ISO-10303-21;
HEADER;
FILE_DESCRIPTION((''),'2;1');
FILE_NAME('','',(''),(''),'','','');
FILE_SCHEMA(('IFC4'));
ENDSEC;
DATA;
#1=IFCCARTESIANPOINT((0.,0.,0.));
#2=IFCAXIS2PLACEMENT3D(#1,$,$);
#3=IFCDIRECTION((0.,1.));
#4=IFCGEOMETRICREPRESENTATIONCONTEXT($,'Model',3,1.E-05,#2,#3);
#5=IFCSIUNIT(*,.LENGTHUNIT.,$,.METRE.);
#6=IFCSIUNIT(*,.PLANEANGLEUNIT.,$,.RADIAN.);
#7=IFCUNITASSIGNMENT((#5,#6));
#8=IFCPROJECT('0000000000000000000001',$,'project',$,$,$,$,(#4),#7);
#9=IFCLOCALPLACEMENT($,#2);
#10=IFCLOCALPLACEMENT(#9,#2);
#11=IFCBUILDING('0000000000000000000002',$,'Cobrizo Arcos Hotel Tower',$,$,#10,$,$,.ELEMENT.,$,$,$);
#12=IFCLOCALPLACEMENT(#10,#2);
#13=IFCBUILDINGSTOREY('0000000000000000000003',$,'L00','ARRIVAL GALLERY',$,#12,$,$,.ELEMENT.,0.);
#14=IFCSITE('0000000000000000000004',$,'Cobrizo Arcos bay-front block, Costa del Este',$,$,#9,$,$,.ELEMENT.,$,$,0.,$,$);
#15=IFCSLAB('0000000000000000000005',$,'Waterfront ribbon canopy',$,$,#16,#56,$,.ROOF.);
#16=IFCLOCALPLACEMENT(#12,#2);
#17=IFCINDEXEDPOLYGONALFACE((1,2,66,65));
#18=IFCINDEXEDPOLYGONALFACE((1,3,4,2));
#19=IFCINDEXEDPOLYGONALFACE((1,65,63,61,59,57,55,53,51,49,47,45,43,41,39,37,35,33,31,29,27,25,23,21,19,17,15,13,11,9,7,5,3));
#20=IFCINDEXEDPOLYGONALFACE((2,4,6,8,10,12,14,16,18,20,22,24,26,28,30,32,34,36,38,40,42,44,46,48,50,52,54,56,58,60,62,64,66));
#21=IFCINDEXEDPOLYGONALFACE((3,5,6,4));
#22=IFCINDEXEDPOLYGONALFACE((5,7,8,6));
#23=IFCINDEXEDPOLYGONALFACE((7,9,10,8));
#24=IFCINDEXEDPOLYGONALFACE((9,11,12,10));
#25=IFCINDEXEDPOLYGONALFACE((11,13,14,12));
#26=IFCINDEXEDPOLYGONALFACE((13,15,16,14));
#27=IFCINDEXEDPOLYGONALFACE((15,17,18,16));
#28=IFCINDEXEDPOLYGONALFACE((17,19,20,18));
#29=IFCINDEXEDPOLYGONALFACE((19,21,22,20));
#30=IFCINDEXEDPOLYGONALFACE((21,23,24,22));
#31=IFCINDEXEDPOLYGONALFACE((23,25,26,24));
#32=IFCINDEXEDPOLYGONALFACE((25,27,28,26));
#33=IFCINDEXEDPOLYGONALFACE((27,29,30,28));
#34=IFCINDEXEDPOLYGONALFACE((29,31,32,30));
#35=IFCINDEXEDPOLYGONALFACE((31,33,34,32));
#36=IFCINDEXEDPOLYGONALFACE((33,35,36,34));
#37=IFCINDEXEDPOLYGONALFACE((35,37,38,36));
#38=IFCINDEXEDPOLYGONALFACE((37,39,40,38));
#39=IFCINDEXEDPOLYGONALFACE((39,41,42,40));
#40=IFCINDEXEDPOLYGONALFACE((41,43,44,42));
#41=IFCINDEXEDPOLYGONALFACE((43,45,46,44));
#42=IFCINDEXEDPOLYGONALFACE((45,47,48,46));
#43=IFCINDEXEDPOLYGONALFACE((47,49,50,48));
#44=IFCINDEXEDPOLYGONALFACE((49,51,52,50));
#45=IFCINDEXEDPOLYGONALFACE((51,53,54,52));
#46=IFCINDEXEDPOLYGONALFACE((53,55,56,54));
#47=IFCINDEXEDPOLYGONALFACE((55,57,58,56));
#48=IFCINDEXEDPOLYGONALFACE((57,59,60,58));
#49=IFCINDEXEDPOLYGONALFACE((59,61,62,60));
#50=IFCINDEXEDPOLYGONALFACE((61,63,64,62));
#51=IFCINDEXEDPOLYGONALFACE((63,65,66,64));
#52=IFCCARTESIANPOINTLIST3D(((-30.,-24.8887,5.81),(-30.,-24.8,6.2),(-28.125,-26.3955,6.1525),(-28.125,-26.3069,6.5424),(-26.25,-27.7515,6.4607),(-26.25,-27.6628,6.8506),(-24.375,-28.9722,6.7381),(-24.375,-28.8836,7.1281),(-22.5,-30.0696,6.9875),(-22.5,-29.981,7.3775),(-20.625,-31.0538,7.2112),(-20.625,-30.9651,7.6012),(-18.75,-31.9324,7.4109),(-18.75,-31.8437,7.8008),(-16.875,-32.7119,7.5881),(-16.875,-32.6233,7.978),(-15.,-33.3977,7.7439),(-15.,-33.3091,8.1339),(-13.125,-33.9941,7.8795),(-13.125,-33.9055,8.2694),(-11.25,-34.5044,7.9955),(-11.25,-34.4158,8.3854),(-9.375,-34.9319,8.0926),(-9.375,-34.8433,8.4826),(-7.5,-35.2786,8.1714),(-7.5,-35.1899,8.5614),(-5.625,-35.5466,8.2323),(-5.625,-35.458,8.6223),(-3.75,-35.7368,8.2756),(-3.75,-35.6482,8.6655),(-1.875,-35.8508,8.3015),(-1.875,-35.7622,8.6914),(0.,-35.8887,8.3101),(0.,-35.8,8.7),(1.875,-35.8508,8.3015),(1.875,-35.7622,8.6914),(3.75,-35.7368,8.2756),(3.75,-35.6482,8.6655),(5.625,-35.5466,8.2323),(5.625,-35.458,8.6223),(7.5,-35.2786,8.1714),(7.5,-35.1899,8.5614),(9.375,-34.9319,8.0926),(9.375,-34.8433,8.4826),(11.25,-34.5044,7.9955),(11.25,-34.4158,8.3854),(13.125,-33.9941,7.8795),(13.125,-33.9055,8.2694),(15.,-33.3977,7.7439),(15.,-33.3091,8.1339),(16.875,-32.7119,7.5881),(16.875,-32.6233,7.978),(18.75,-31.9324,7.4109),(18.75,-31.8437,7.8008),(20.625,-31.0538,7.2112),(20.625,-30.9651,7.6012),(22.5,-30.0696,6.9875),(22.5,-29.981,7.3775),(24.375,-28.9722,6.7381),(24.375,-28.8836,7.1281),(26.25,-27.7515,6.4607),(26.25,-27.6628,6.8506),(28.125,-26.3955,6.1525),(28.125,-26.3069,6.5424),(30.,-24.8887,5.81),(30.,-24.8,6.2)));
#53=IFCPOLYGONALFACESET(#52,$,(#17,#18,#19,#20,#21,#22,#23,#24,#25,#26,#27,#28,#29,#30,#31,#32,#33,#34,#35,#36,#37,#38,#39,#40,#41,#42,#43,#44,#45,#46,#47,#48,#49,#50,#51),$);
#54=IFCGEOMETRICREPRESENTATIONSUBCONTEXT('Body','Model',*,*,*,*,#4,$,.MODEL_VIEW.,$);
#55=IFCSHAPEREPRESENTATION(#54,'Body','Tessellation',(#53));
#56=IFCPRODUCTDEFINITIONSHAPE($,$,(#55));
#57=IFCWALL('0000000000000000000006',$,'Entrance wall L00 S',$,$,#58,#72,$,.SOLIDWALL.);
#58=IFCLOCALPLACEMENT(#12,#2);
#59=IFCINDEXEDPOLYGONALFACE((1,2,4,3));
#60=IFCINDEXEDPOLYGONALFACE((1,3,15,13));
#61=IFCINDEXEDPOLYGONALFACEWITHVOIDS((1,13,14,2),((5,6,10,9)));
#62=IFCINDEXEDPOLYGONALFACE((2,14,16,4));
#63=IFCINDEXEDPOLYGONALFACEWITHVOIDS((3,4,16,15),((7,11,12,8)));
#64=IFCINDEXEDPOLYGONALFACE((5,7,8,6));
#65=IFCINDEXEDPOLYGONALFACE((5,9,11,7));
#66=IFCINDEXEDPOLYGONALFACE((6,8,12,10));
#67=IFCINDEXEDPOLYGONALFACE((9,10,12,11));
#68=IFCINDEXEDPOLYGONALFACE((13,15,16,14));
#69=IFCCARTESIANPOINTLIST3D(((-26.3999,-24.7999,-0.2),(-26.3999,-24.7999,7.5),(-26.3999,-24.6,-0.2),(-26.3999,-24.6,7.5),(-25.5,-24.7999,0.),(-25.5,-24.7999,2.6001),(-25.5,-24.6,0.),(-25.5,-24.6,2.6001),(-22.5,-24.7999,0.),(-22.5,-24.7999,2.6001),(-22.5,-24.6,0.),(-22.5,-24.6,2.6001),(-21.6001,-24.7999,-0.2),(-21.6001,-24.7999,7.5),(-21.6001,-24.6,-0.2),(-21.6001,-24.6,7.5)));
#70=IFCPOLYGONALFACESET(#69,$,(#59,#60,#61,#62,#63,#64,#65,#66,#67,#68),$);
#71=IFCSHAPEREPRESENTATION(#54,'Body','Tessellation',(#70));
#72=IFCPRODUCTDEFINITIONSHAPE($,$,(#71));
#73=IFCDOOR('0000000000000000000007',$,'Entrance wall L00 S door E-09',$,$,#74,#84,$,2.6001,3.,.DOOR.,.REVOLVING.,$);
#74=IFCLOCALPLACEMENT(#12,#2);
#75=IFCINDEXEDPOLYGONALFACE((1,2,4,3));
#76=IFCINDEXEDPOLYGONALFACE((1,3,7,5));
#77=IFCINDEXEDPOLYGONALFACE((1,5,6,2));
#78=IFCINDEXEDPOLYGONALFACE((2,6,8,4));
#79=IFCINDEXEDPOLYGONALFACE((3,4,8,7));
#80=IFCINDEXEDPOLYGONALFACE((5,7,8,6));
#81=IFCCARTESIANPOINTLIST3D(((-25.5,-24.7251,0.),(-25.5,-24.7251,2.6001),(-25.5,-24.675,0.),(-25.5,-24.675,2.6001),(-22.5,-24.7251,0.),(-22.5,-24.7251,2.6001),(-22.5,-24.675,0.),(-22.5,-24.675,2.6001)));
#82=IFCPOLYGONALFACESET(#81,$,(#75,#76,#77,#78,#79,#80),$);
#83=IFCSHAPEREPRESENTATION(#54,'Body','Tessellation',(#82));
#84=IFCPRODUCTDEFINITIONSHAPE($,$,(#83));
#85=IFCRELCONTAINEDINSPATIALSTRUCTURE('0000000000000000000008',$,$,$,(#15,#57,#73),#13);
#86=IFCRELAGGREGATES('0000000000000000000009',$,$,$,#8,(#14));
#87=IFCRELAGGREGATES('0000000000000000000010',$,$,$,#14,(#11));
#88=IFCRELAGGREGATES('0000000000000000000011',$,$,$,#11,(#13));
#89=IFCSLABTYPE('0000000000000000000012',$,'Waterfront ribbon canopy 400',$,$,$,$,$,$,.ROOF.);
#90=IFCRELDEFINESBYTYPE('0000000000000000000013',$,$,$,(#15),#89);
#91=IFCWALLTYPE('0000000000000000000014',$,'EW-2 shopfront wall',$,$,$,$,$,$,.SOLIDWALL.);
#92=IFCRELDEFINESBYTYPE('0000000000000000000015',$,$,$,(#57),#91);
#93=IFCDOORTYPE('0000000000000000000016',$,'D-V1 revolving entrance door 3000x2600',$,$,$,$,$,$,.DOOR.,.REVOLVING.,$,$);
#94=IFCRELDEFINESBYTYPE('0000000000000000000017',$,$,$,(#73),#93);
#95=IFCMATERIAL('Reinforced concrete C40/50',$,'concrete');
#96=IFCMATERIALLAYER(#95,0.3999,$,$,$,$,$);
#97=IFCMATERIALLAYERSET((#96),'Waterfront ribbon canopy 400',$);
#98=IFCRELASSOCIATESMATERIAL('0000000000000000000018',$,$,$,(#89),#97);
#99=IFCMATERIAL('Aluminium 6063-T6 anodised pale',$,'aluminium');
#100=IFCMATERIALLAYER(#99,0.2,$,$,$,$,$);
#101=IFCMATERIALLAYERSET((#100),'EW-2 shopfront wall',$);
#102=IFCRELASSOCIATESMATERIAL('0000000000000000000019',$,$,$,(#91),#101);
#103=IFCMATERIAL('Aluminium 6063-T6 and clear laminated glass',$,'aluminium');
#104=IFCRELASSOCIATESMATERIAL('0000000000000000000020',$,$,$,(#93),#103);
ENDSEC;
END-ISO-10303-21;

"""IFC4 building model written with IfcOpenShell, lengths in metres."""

from ifc_helpers import new_model, si_unit, direction, frame, frame_2d, origin, place, context, subcontext, project, spatial, polyline, rectangle, outline, extrude, material, layer, layer_set, type_object, element, fill, save


model = new_model("IFC4")

# Units and contexts
model_context = context("Model", 3, precision=1e-05, world=origin(), true_north=direction((0.0, 1.0)))
body_context = subcontext(model_context, "Body", "Model", "MODEL_VIEW")
ifc_project = project(units=[si_unit("LENGTHUNIT", "METRE"), si_unit("PLANEANGLEUNIT", "RADIAN")], contexts=[model_context])

# Site, building, storey
site_placement = place(None, origin())
site = spatial("IfcSite", under=ifc_project, at=site_placement, Name="Cobrizo Arcos bay-front block, Costa del Este", CompositionType="ELEMENT", RefElevation=0.0)
building_placement = place(site_placement, origin())
building = spatial("IfcBuilding", under=site, at=building_placement, Name="Cobrizo Arcos Hotel Tower", CompositionType="ELEMENT")
storey_placement = place(building_placement, origin())
storey = spatial("IfcBuildingStorey", under=building, at=storey_placement, Name="L00", Description="ARRIVAL GALLERY", CompositionType="ELEMENT", Elevation=0.0)

# Slab
ifc_material_1 = material(Name="Reinforced concrete C40/50", Category="concrete")
ifc_layer_1 = layer(ifc_material_1, 0.3999)
ifc_layer_set_1 = layer_set([ifc_layer_1], Name="Waterfront ribbon canopy 400")
slab_type = type_object("IfcSlabType", Name="Waterfront ribbon canopy 400", PredefinedType="ROOF", material=ifc_layer_set_1)
slab_placement = place(storey_placement, frame((-30.0, -24.8, 6.2), z_axis=(0.0, 0.221628, 0.975131), x_axis=(1.0, 0.0, 0.0)))
element("IfcSlab", 1, at=slab_placement, inside=storey, type_object=slab_type, Name="Waterfront ribbon canopy", PredefinedType="ROOF", context=body_context, shape_type="SweptSolid", body=[
    extrude(outline(polyline([(0.0, 0.0), (60.0, 0.0), (58.125, -1.5453), (56.25, -2.9358), (54.375, -4.1877), (52.5, -5.313), (50.625, -6.3223), (48.75, -7.2233), (46.875, -8.0228), (45.0, -8.726), (43.125, -9.3377), (41.25, -9.861), (39.375, -10.2994), (37.5, -10.6548), (35.625, -10.9298), (33.75, -11.1248), (31.875, -11.2417), (30.0, -11.2805), (28.125, -11.2417), (26.25, -11.1248), (24.375, -10.9298), (22.5, -10.6548), (20.625, -10.2994), (18.75, -9.861), (16.875, -9.3377), (15.0, -8.726), (13.125, -8.0228), (11.25, -7.2233), (9.375, -6.3223), (7.5, -5.313), (5.625, -4.1877), (3.75, -2.9358), (1.875, -1.5453), (0.0, 0.0)])), origin(), (0.0, 0.0, -1.0), 0.3999),
])

# Wall, opening, door
ifc_material_2 = material(Name="Aluminium 6063-T6 anodised pale", Category="aluminium")
ifc_layer_2 = layer(ifc_material_2, 0.2)
ifc_layer_set_2 = layer_set([ifc_layer_2], Name="EW-2 shopfront wall")
wall_type = type_object("IfcWallType", Name="EW-2 shopfront wall", PredefinedType="SOLIDWALL", material=ifc_layer_set_2)
wall_placement = place(storey_placement, frame((-26.3999, -24.7, -0.2), z_axis=(0.0, 0.0, 1.0), x_axis=(1.0, 0.0, 0.0)))
wall = element("IfcWall", 2, at=wall_placement, inside=storey, type_object=wall_type, Name="Entrance wall L00 S", PredefinedType="SOLIDWALL", context=body_context, shape_type="SweptSolid", body=[
    extrude(rectangle(XDim=4.7998, YDim=0.2, at=frame_2d((2.3999, 0.0))), origin(), (0.0, 0.0, 1.0), 7.7),
])
opening_placement = place(wall_placement, frame((0.8999, 0.0, 0.2)))
opening = element("IfcOpeningElement", 3, at=opening_placement, cuts=wall, PredefinedType="OPENING", context=body_context, shape_type="SweptSolid", body=[
    extrude(rectangle(XDim=3.0, YDim=2.6001, at=frame_2d((1.5, 1.3))), frame((0.0, 0.1121, 0.0), z_axis=(0.0, -1.0, 0.0), x_axis=(1.0, 0.0, 0.0)), (0.0, 0.0, 1.0), 0.2239),
])
ifc_material_3 = material(Name="Aluminium 6063-T6 and clear laminated glass", Category="aluminium")
door_type = type_object("IfcDoorType", Name="D-V1 revolving entrance door 3000x2600", OperationType="REVOLVING", PredefinedType="DOOR", material=ifc_material_3)
door_placement = place(opening_placement, origin())
door = element("IfcDoor", 4, at=door_placement, inside=storey, type_object=door_type, Name="Entrance wall L00 S door E-09", OperationType="REVOLVING", OverallHeight=2.6001, OverallWidth=3.0, PredefinedType="DOOR", context=body_context, shape_type="SweptSolid", body=[
    extrude(rectangle(XDim=3.0, YDim=2.6001, at=frame_2d((1.5, 1.3))), frame((0.0, 0.0249, 0.0), z_axis=(0.0, -1.0, 0.0), x_axis=(1.0, 0.0, 0.0)), (0.0, 0.0, 1.0), 0.05),
])
fill(opening, door)

save(model, "model.ifc")
